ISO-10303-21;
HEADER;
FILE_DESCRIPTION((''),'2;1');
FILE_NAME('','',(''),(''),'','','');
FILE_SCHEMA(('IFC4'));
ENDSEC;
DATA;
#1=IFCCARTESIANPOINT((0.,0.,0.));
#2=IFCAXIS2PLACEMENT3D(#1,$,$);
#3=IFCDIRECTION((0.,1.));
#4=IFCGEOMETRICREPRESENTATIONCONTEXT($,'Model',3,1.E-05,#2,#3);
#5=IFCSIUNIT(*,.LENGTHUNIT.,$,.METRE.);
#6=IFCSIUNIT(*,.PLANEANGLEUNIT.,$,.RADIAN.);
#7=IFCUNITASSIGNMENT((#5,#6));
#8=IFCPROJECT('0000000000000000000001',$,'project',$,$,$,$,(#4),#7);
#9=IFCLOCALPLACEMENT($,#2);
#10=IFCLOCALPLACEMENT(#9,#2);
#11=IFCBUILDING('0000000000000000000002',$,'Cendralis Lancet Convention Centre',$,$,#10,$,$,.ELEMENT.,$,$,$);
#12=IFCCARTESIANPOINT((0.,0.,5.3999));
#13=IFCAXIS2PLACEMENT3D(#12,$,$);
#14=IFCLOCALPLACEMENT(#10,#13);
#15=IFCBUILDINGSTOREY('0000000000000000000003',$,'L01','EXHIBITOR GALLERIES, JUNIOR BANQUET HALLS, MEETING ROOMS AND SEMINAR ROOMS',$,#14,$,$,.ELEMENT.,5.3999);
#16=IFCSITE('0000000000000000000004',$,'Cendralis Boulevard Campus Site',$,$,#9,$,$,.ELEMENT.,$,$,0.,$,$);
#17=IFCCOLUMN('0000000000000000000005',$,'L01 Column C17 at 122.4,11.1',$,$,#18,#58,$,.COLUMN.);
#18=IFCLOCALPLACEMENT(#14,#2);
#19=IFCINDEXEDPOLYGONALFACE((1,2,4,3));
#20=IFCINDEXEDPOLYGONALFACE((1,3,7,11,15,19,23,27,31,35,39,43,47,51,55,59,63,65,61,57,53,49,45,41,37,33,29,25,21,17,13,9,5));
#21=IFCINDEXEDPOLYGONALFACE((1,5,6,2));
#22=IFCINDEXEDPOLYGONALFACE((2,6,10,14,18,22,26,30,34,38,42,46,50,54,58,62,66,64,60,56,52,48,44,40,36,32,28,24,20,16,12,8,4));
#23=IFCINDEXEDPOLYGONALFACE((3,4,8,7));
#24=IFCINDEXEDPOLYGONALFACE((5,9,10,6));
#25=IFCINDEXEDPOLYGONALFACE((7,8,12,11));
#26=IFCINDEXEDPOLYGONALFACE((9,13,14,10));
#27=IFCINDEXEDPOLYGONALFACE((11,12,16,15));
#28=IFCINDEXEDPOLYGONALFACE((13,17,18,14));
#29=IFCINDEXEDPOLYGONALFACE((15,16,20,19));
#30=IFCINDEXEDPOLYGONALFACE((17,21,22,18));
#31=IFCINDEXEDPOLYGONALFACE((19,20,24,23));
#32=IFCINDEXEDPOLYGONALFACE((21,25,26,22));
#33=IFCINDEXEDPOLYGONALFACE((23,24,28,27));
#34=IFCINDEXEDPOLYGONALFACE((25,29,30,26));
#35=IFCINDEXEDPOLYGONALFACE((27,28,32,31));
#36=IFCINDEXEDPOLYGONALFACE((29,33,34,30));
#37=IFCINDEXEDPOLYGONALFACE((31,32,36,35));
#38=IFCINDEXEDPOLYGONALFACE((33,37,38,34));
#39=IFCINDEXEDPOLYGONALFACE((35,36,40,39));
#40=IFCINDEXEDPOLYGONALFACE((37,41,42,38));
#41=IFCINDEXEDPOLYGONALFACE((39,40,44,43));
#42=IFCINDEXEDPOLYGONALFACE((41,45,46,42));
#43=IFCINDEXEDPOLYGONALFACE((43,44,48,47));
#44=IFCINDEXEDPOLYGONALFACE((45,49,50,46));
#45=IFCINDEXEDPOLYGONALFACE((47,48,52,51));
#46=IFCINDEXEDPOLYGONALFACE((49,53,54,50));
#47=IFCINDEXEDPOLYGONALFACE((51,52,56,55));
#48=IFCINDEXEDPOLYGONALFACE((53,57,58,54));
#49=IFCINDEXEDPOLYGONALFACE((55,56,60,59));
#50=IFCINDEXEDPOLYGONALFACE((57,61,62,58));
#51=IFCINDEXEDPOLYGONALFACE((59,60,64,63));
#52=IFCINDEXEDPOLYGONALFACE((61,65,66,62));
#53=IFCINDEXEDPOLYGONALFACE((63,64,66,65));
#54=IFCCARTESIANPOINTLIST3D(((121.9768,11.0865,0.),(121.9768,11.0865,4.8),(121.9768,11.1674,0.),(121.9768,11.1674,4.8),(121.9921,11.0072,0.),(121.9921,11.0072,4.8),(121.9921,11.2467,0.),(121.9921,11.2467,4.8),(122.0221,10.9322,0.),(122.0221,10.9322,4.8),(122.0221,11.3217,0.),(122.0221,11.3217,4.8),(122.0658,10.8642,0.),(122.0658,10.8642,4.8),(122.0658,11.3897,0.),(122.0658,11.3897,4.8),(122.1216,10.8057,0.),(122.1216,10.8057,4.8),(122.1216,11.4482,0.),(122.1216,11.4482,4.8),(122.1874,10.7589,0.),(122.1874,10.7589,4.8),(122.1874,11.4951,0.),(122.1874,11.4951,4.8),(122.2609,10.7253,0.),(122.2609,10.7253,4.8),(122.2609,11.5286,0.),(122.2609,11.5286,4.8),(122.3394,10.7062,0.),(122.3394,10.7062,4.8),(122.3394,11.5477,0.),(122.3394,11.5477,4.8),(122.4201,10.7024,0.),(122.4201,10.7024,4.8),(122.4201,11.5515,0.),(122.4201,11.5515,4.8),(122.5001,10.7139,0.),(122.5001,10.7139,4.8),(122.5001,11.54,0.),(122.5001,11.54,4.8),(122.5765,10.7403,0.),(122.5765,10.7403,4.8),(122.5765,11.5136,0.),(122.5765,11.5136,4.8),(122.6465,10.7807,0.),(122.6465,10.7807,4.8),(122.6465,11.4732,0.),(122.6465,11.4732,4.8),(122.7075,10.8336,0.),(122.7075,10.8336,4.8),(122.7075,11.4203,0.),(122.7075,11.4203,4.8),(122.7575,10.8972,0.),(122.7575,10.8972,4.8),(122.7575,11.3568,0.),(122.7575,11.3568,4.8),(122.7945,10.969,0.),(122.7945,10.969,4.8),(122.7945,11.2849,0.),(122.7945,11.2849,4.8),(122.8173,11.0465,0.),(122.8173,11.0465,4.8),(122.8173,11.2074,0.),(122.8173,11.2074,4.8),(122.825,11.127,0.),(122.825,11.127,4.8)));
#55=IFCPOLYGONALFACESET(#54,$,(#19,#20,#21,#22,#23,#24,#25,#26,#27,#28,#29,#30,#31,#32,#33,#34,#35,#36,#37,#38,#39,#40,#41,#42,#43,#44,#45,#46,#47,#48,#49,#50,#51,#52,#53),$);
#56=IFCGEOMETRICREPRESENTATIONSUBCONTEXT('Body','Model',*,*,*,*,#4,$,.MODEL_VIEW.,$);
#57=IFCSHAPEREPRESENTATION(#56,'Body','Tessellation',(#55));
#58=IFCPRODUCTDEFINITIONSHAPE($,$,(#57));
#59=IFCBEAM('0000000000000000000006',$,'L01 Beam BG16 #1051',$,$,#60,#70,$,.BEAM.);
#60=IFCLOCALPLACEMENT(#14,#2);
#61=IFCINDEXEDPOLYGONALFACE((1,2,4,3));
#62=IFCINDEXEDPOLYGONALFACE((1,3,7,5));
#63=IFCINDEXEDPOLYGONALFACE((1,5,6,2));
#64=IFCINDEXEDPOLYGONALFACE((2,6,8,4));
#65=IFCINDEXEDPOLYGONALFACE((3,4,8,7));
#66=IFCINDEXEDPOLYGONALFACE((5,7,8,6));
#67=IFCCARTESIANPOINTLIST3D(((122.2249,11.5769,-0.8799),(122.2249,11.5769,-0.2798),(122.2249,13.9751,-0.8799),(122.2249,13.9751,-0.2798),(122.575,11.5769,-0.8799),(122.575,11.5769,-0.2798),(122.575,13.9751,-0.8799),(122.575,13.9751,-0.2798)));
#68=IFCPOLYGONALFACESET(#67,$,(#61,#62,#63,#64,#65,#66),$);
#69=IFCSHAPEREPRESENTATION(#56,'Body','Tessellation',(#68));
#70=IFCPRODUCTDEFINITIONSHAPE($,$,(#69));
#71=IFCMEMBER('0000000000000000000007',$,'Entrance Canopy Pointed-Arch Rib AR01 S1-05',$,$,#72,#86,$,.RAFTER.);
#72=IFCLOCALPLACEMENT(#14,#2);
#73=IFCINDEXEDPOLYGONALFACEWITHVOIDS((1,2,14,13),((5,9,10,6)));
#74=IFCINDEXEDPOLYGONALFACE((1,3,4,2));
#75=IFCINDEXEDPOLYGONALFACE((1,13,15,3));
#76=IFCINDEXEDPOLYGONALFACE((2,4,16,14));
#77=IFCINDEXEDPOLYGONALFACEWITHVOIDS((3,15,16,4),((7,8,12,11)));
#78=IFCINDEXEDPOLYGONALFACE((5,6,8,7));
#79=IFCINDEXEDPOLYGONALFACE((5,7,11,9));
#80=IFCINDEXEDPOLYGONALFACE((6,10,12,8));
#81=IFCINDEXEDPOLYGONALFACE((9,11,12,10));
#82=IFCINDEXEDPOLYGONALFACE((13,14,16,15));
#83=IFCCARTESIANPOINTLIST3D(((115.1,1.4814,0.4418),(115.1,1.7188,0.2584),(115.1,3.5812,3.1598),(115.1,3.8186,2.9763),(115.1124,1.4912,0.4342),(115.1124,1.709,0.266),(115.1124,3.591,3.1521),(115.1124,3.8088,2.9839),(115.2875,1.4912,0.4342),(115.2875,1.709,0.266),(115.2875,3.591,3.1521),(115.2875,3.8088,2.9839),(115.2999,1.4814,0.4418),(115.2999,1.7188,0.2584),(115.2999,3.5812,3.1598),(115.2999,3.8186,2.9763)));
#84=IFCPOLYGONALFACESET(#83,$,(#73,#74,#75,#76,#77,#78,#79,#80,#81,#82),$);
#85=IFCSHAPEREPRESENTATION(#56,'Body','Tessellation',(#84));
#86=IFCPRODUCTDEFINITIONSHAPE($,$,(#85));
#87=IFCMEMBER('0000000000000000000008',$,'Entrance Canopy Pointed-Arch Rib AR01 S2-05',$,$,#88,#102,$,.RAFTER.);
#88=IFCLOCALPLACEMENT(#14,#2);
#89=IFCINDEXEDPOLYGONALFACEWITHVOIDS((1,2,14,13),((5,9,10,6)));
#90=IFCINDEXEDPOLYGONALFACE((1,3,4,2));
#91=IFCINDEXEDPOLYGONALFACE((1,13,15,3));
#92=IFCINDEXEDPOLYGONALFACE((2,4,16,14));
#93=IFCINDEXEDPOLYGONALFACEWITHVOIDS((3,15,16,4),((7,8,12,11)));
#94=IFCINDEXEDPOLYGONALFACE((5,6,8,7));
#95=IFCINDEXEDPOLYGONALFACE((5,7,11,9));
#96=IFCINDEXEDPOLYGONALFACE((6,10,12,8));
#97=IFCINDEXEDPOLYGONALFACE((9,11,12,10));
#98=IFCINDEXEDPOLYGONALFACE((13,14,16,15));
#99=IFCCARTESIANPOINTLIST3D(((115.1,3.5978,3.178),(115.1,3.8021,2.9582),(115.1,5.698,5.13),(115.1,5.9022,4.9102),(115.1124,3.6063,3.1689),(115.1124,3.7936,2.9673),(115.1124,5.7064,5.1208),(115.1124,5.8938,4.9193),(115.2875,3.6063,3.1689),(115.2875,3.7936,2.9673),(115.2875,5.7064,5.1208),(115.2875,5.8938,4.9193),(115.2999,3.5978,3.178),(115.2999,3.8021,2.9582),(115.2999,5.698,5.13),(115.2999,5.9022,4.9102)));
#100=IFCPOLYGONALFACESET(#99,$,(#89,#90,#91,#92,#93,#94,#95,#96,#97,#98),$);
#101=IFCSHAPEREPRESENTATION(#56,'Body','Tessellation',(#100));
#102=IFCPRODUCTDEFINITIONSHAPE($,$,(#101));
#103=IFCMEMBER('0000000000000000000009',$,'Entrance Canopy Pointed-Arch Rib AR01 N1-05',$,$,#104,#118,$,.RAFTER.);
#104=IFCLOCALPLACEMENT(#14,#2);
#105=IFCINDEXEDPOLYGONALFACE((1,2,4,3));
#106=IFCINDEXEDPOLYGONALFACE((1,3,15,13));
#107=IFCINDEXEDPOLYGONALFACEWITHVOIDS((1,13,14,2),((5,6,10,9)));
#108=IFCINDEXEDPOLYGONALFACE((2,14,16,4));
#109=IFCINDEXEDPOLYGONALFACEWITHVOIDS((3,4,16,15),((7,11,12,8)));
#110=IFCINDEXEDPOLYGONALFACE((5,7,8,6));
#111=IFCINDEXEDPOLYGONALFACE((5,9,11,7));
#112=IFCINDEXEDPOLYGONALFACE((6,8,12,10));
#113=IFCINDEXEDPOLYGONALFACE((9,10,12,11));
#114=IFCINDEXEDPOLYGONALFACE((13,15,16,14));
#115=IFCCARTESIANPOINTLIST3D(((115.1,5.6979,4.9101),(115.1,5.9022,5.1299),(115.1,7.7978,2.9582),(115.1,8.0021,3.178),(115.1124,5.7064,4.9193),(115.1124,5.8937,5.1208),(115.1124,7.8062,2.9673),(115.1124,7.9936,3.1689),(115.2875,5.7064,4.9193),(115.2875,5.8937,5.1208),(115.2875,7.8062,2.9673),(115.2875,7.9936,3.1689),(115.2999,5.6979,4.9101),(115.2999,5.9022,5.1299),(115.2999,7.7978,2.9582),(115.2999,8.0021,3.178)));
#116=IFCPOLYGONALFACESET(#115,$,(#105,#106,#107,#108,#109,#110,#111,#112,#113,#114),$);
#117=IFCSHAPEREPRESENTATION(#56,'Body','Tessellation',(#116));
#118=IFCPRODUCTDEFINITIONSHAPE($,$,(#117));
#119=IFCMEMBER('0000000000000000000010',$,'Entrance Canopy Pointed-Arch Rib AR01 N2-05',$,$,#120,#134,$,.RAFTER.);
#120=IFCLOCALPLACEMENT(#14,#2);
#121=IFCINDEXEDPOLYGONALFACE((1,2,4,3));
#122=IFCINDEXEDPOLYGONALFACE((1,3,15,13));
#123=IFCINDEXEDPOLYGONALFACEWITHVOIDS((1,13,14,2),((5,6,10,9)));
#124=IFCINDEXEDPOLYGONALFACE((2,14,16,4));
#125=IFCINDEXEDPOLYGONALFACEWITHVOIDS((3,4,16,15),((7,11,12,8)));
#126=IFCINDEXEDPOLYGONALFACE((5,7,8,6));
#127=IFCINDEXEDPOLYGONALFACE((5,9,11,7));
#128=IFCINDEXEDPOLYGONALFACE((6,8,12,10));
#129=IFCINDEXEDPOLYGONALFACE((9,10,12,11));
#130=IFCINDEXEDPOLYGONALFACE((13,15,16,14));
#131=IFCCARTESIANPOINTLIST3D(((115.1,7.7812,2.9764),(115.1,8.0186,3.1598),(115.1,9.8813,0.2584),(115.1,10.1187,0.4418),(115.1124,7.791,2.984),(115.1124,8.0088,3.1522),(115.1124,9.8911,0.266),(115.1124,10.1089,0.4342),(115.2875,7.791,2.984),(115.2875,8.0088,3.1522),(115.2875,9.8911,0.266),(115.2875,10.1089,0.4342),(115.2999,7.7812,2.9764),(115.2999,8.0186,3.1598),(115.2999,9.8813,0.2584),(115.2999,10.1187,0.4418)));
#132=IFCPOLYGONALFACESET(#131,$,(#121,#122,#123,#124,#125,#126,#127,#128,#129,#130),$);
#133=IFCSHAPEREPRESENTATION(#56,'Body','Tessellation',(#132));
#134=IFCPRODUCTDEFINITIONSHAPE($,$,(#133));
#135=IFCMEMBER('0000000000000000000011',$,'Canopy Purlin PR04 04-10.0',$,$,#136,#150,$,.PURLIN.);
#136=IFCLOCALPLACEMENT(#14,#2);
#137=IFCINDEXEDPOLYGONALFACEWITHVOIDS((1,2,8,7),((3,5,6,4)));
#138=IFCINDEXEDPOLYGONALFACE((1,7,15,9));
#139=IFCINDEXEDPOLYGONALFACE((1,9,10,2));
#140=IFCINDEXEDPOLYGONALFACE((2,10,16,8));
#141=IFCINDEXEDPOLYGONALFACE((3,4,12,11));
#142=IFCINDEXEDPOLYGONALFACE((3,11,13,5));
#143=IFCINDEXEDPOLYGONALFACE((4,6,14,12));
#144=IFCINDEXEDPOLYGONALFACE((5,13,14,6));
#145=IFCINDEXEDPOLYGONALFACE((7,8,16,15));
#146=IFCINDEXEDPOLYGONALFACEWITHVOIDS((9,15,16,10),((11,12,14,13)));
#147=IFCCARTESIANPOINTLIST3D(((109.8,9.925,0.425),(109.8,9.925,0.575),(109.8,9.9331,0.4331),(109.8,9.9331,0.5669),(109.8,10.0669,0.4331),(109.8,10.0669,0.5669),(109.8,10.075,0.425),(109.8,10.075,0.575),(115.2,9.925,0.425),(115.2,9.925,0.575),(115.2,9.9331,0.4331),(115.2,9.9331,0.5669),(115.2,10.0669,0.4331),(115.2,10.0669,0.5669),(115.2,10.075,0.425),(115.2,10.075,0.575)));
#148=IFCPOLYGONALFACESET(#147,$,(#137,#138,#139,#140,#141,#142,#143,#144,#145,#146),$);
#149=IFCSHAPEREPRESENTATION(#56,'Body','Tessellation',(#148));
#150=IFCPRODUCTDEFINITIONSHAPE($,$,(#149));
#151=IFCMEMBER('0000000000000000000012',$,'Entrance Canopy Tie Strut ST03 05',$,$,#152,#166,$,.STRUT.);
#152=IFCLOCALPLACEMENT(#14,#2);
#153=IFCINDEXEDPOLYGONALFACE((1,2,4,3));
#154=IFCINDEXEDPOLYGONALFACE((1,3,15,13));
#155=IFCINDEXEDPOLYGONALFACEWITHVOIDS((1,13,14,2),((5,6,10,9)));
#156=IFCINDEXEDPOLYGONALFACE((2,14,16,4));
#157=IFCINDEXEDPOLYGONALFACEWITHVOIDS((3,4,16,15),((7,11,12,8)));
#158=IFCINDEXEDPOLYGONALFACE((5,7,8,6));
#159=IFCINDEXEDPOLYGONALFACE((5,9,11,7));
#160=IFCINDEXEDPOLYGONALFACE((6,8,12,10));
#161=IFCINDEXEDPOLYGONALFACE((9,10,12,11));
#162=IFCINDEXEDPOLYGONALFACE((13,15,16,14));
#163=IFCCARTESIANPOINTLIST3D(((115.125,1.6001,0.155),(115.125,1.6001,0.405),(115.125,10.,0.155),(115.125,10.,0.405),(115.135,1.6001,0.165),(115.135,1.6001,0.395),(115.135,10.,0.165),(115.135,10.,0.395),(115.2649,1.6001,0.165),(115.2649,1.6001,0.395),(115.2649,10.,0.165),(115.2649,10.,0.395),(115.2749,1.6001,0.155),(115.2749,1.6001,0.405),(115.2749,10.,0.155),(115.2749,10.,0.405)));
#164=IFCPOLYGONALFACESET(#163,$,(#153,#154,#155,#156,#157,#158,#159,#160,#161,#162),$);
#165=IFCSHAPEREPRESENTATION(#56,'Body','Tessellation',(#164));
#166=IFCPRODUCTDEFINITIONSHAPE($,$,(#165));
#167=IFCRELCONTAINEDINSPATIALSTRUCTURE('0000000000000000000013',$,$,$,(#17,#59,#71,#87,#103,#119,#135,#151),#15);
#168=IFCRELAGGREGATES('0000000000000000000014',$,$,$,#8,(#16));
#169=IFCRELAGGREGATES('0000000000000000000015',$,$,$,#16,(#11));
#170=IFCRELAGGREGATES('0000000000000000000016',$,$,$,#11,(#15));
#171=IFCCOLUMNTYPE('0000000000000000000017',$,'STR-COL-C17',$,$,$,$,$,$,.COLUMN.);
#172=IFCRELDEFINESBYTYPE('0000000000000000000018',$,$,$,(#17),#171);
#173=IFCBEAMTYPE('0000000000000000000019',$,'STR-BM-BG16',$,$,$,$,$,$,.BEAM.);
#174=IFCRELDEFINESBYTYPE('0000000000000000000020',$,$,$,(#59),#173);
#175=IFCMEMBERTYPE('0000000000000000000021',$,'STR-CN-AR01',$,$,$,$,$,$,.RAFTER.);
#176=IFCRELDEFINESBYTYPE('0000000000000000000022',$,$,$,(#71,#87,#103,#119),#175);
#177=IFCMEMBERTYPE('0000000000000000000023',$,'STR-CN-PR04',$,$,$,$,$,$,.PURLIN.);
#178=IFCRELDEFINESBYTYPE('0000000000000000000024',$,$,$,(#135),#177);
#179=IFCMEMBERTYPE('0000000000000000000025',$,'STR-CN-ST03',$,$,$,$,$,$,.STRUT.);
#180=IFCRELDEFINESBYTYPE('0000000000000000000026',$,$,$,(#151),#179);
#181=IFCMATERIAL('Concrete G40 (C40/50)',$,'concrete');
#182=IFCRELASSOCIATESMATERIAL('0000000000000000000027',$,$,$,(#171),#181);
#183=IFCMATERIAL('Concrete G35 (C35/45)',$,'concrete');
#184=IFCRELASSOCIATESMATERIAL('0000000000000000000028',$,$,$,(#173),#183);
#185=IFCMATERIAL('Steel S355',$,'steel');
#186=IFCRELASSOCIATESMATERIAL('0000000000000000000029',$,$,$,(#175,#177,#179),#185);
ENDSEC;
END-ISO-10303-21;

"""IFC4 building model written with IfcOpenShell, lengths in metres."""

from ifc_helpers import new_model, si_unit, direction, frame, origin, origin_2d, place, context, subcontext, project, spatial, rectangle, hollow_rectangle, circle, extrude, material, material_profile, profile_set, type_object, element, save


model = new_model("IFC4")

# Units and contexts
model_context = context("Model", 3, precision=1e-05, world=origin(), true_north=direction((0.0, 1.0)))
body_context = subcontext(model_context, "Body", "Model", "MODEL_VIEW")
ifc_project = project(units=[si_unit("LENGTHUNIT", "METRE"), si_unit("PLANEANGLEUNIT", "RADIAN")], contexts=[model_context])

# Site, building, storey
site_placement = place(None, origin())
site = spatial("IfcSite", under=ifc_project, at=site_placement, Name="Cendralis Boulevard Campus Site", CompositionType="ELEMENT", RefElevation=0.0)
building_placement = place(site_placement, origin())
building = spatial("IfcBuilding", under=site, at=building_placement, Name="Cendralis Lancet Convention Centre", CompositionType="ELEMENT")
storey_placement = place(building_placement, frame((0.0, 0.0, 5.3999)))
storey = spatial("IfcBuildingStorey", under=building, at=storey_placement, Name="L01", Description="EXHIBITOR GALLERIES, JUNIOR BANQUET HALLS, MEETING ROOMS AND SEMINAR ROOMS", CompositionType="ELEMENT", Elevation=5.3999)

# Column
ifc_material_1 = material(Name="Concrete G40 (C40/50)", Category="concrete")
ifc_material_profile_1 = material_profile(ifc_material_1, circle(Radius=0.425, at=origin_2d()), Name="RC D850")
ifc_profile_set_1 = profile_set([ifc_material_profile_1], Name="Concrete G40 (C40/50)")
column_type = type_object("IfcColumnType", Name="STR-COL-C17", PredefinedType="COLUMN", material=ifc_profile_set_1)
column_placement = place(storey_placement, frame((122.3999, 11.127, 0.0), z_axis=(0.0, 0.0, 1.0), x_axis=(1.0, 0.0, 0.0)))
element("IfcColumn", 1, at=column_placement, inside=storey, type_object=column_type, Name="L01 Column C17 at 122.4,11.1", PredefinedType="COLUMN", context=body_context, shape_type="SweptSolid", body=[
    extrude(circle(Radius=0.425, at=origin_2d()), origin(), (0.0, 0.0, 1.0), 4.8),
])

# Beam
ifc_material_2 = material(Name="Concrete G35 (C35/45)", Category="concrete")
ifc_material_profile_2 = material_profile(ifc_material_2, rectangle(XDim=0.3501, YDim=0.6001, at=origin_2d()), Name="RCB 350x600")
ifc_profile_set_2 = profile_set([ifc_material_profile_2], Name="Concrete G35 (C35/45)")
beam_type = type_object("IfcBeamType", Name="STR-BM-BG16", PredefinedType="BEAM", material=ifc_profile_set_2)
beam_placement = place(storey_placement, frame((122.3999, 11.5769, -0.5798), z_axis=(0.0, 1.0, 0.0), x_axis=(-1.0, 0.0, 0.0)))
element("IfcBeam", 2, at=beam_placement, inside=storey, type_object=beam_type, Name="L01 Beam BG16 #1051", PredefinedType="BEAM", context=body_context, shape_type="SweptSolid", body=[
    extrude(rectangle(XDim=0.3501, YDim=0.6001, at=origin_2d()), origin(), (0.0, 0.0, 1.0), 2.3982),
])

# Members
ifc_material_3 = material(Name="Steel S355", Category="steel")
ifc_material_profile_3 = material_profile(ifc_material_3, hollow_rectangle(XDim=0.2, YDim=0.3, WallThickness=0.0125, at=origin_2d()), Name="RHS 300x200x12.5")
ifc_profile_set_3 = profile_set([ifc_material_profile_3], Name="Steel S355")
member_type_1 = type_object("IfcMemberType", Name="STR-CN-AR01", PredefinedType="RAFTER", material=ifc_profile_set_3)
member_1_placement = place(storey_placement, frame((115.2, 1.6001, 0.3501), z_axis=(0.0, 0.611369, 0.791346), x_axis=(-1.0, 0.0, 0.0)))
element("IfcMember", 3, at=member_1_placement, inside=storey, type_object=member_type_1, Name="Entrance Canopy Pointed-Arch Rib AR01 S1-05", PredefinedType="RAFTER", context=body_context, shape_type="SweptSolid", body=[
    extrude(hollow_rectangle(XDim=0.2, YDim=0.3, WallThickness=0.0125, at=origin_2d()), origin(), (0.0, 0.0, 1.0), 3.4346),
])
member_2_placement = place(storey_placement, frame((115.2, 3.7, 3.0681), z_axis=(0.0, 0.732478, 0.680791), x_axis=(-1.0, 0.0, 0.0)))
element("IfcMember", 4, at=member_2_placement, inside=storey, type_object=member_type_1, Name="Entrance Canopy Pointed-Arch Rib AR01 S2-05", PredefinedType="RAFTER", context=body_context, shape_type="SweptSolid", body=[
    extrude(hollow_rectangle(XDim=0.2, YDim=0.3, WallThickness=0.0125, at=origin_2d()), origin(), (0.0, 0.0, 1.0), 2.8672),
])
member_3_placement = place(storey_placement, frame((115.2, 5.8, 5.02), z_axis=(0.0, 0.732439, -0.680833), x_axis=(-1.0, 0.0, 0.0)))
element("IfcMember", 5, at=member_3_placement, inside=storey, type_object=member_type_1, Name="Entrance Canopy Pointed-Arch Rib AR01 N1-05", PredefinedType="RAFTER", context=body_context, shape_type="SweptSolid", body=[
    extrude(hollow_rectangle(XDim=0.2, YDim=0.3, WallThickness=0.0125, at=origin_2d()), origin(), (0.0, 0.0, 1.0), 2.8669),
])
member_4_placement = place(storey_placement, frame((115.2, 7.8999, 3.0681), z_axis=(0.0, 0.611413, -0.791312), x_axis=(-1.0, 0.0, 0.0)))
element("IfcMember", 6, at=member_4_placement, inside=storey, type_object=member_type_1, Name="Entrance Canopy Pointed-Arch Rib AR01 N2-05", PredefinedType="RAFTER", context=body_context, shape_type="SweptSolid", body=[
    extrude(hollow_rectangle(XDim=0.2, YDim=0.3, WallThickness=0.0125, at=origin_2d()), origin(), (0.0, 0.0, 1.0), 3.4348),
])
ifc_material_profile_4 = material_profile(ifc_material_3, hollow_rectangle(XDim=0.1499, YDim=0.1499, WallThickness=0.0081, at=origin_2d()), Name="SHS 150x150x8.0")
ifc_profile_set_4 = profile_set([ifc_material_profile_4], Name="Steel S355")
member_type_2 = type_object("IfcMemberType", Name="STR-CN-PR04", PredefinedType="PURLIN", material=ifc_profile_set_4)
member_5_placement = place(storey_placement, frame((109.8, 10.0, 0.5), z_axis=(1.0, 0.0, 0.0), x_axis=(0.0, 1.0, 0.0)))
element("IfcMember", 7, at=member_5_placement, inside=storey, type_object=member_type_2, Name="Canopy Purlin PR04 04-10.0", PredefinedType="PURLIN", context=body_context, shape_type="SweptSolid", body=[
    extrude(hollow_rectangle(XDim=0.1499, YDim=0.1499, WallThickness=0.0081, at=origin_2d()), origin(), (0.0, 0.0, 1.0), 5.3999),
])
ifc_material_profile_5 = material_profile(ifc_material_3, hollow_rectangle(XDim=0.1499, YDim=0.25, WallThickness=0.01, at=origin_2d()), Name="RHS 250x150x10.0")
ifc_profile_set_5 = profile_set([ifc_material_profile_5], Name="Steel S355")
member_type_3 = type_object("IfcMemberType", Name="STR-CN-ST03", PredefinedType="STRUT", material=ifc_profile_set_5)
member_6_placement = place(storey_placement, frame((115.2, 1.6001, 0.28), z_axis=(0.0, 1.0, 0.0), x_axis=(-1.0, 0.0, 0.0)))
element("IfcMember", 8, at=member_6_placement, inside=storey, type_object=member_type_3, Name="Entrance Canopy Tie Strut ST03 05", PredefinedType="STRUT", context=body_context, shape_type="SweptSolid", body=[
    extrude(hollow_rectangle(XDim=0.1499, YDim=0.25, WallThickness=0.01, at=origin_2d()), origin(), (0.0, 0.0, 1.0), 8.3999),
])

save(model, "model.ifc")
